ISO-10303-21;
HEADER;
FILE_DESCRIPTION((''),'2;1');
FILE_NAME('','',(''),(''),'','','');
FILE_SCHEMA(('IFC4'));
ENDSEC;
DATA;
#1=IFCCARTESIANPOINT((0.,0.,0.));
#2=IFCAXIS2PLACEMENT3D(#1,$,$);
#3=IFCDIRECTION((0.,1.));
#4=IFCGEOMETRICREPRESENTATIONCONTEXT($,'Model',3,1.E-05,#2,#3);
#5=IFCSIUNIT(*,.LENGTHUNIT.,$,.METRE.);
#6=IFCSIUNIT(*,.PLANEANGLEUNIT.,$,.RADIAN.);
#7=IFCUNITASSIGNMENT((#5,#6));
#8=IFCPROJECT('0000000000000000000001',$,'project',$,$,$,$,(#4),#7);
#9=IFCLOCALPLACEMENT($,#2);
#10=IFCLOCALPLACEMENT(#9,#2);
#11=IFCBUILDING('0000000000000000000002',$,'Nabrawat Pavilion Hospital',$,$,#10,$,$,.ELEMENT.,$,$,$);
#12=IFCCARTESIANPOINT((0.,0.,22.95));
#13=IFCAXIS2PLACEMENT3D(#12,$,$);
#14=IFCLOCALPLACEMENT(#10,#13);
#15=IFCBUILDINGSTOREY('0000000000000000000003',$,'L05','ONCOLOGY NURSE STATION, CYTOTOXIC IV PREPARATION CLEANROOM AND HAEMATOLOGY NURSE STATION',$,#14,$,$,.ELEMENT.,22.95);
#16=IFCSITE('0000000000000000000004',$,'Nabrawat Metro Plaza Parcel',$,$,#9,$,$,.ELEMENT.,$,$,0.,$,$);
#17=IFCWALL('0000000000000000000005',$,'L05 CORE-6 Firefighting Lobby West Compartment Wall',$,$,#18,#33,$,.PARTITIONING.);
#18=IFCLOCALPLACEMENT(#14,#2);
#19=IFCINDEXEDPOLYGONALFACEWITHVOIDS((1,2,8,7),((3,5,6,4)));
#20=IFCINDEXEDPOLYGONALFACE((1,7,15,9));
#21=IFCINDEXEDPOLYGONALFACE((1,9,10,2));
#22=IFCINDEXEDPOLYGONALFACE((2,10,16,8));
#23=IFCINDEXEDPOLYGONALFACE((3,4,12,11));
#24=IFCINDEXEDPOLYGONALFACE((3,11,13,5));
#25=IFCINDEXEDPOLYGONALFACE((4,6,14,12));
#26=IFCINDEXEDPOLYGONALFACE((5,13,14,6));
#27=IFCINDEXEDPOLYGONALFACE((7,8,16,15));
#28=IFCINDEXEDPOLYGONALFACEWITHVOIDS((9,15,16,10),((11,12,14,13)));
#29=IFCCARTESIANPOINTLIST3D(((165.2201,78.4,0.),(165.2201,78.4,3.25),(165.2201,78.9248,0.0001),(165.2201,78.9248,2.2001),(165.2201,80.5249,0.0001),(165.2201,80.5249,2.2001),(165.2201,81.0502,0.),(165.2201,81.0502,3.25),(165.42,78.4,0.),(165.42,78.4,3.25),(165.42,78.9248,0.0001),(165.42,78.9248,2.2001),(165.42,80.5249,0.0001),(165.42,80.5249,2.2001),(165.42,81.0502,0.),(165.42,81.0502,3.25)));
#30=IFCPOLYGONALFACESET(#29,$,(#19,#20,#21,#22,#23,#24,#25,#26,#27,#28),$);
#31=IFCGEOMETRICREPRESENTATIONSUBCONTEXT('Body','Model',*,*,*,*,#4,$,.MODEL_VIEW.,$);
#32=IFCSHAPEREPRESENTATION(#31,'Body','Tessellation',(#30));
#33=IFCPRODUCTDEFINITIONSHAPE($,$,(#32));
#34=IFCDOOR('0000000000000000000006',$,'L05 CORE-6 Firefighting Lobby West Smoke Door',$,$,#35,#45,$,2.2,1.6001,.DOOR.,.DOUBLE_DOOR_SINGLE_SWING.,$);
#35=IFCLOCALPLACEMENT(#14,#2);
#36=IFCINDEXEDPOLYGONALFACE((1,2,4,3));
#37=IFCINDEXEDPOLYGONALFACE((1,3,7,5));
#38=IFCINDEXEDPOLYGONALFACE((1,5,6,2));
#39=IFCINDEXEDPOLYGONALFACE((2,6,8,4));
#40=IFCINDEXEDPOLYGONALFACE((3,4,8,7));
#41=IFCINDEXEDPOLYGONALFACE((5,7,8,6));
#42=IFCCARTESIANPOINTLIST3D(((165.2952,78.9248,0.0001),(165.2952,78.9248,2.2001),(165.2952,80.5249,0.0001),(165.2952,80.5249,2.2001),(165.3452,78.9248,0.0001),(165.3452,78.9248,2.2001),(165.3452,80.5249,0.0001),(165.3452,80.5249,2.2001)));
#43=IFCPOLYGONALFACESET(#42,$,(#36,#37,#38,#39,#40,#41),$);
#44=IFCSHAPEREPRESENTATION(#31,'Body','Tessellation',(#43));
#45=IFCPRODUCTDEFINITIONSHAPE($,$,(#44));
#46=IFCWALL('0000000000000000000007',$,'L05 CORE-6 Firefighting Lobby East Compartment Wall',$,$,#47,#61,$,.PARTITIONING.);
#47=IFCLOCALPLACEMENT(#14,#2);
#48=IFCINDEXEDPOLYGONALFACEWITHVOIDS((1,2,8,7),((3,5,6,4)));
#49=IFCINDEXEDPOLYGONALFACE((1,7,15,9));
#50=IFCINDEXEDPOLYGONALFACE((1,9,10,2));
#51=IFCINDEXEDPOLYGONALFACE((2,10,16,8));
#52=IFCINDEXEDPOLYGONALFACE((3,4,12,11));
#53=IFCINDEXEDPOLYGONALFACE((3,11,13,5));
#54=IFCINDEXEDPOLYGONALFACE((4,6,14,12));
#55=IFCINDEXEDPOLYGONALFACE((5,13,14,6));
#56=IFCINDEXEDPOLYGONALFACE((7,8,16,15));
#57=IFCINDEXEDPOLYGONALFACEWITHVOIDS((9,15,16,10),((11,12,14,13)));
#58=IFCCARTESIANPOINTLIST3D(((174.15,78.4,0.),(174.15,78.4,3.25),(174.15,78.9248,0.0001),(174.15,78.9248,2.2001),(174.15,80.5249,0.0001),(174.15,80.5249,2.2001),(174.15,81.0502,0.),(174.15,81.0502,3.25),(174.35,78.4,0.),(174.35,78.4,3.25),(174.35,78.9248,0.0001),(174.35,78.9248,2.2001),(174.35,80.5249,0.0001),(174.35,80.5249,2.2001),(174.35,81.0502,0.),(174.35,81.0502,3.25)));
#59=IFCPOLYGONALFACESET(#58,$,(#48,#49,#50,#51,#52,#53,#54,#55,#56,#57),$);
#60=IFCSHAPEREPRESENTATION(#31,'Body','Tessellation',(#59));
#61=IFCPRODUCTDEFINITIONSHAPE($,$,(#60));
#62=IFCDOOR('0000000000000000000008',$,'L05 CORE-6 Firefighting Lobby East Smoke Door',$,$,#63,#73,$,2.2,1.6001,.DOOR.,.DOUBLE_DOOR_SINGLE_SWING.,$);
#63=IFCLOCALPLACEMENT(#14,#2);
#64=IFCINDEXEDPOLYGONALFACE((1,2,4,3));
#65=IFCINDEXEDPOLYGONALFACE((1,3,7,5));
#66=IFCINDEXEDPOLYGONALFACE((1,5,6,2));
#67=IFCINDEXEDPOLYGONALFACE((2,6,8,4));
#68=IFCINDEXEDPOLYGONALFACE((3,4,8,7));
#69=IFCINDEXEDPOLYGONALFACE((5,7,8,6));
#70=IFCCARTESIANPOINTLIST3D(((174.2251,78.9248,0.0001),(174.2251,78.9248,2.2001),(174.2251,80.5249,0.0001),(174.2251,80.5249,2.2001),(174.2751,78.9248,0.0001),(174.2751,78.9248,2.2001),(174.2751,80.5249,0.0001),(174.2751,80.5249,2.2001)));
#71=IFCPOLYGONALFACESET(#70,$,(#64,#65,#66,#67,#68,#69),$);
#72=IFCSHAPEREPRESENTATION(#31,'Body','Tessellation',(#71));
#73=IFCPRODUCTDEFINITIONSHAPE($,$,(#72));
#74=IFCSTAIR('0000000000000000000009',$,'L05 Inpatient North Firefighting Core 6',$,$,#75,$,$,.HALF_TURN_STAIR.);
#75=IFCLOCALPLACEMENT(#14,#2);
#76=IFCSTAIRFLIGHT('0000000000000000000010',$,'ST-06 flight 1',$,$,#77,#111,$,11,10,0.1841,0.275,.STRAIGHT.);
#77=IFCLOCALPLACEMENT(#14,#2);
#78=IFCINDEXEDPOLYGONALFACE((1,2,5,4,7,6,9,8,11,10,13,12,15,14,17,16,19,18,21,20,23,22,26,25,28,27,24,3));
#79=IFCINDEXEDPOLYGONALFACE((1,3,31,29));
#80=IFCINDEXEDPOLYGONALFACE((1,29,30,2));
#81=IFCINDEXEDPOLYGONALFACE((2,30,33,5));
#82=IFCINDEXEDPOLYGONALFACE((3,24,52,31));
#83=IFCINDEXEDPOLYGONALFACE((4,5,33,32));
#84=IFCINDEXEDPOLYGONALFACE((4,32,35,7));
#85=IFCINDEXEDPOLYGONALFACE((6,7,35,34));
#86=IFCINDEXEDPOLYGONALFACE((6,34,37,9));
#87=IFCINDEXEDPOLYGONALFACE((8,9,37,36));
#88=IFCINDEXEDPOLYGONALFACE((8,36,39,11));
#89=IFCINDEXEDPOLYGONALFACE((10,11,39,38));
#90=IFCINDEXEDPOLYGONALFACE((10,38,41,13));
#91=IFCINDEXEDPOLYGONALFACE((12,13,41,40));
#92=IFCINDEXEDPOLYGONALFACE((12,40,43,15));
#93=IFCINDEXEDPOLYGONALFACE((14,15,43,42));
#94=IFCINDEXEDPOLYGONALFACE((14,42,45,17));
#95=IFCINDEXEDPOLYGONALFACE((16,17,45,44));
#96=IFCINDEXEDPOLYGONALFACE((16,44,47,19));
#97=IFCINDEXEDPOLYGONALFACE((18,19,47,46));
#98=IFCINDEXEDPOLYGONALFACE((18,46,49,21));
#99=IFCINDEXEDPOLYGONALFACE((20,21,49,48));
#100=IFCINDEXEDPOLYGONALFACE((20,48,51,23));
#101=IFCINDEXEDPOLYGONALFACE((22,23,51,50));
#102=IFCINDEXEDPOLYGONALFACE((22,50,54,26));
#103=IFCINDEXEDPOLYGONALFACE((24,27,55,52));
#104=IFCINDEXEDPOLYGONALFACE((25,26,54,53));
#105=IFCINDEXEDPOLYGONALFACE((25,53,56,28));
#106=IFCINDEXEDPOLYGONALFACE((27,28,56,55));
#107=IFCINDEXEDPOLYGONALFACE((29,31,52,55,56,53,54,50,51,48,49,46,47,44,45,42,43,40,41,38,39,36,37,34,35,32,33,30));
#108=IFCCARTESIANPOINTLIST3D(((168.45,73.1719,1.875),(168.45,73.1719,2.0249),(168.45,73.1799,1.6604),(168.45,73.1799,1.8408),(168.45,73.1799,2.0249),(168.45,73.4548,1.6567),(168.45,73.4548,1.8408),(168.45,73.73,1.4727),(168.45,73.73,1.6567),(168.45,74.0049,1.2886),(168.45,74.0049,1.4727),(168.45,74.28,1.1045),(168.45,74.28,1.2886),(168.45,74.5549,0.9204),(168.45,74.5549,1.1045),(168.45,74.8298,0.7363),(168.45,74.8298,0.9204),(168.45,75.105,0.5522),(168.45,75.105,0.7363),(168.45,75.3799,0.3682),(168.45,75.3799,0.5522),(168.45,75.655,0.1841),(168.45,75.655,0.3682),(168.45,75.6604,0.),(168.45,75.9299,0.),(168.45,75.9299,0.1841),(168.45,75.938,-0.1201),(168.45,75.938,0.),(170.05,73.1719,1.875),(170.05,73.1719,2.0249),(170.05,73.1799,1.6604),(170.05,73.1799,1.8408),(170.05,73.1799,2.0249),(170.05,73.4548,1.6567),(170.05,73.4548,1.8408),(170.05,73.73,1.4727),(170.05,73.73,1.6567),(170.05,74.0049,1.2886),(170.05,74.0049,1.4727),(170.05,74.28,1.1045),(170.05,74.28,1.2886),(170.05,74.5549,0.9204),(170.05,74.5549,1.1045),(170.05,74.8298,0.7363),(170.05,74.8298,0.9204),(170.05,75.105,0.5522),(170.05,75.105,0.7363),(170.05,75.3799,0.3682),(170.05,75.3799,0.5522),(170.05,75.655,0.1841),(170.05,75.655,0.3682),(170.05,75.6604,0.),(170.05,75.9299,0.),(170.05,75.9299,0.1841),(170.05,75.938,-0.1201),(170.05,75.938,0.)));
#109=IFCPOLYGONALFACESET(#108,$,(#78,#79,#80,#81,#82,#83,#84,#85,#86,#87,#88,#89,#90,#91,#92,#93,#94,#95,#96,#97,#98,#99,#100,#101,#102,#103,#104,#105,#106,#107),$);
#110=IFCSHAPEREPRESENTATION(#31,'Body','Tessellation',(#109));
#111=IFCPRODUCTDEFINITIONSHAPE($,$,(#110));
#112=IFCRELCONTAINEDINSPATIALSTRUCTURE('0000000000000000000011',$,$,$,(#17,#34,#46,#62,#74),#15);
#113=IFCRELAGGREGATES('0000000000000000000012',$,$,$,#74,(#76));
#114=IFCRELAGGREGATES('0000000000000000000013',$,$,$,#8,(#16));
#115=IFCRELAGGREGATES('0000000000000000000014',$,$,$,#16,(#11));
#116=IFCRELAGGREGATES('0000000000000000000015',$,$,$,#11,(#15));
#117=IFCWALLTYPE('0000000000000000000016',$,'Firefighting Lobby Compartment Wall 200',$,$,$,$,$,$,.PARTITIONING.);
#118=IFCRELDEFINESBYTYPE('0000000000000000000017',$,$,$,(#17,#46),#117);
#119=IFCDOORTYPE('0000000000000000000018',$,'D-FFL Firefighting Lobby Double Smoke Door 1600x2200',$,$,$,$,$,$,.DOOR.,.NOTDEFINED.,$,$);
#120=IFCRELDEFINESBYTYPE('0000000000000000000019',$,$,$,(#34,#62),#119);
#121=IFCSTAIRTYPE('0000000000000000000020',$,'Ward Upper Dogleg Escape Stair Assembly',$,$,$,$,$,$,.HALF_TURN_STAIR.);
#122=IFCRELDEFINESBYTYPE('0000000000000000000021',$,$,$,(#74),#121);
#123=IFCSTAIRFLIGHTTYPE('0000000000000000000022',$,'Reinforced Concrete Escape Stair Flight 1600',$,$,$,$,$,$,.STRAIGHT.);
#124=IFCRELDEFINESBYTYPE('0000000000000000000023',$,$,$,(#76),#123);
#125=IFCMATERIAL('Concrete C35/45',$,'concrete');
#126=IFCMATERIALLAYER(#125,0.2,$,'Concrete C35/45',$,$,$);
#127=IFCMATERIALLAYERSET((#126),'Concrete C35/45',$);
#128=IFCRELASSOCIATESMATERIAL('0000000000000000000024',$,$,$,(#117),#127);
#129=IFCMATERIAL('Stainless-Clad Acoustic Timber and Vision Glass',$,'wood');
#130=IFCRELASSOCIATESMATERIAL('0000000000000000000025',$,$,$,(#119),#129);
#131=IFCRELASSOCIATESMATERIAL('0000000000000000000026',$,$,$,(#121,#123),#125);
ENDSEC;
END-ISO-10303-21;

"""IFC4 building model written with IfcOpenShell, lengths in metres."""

from ifc_helpers import new_model, si_unit, direction, frame, frame_2d, origin, place, context, subcontext, project, spatial, polyline, rectangle, outline, extrude, material, layer, layer_set, type_object, element, fill, aggregate, save


model = new_model("IFC4")

# Units and contexts
model_context = context("Model", 3, precision=1e-05, world=origin(), true_north=direction((0.0, 1.0)))
body_context = subcontext(model_context, "Body", "Model", "MODEL_VIEW")
ifc_project = project(units=[si_unit("LENGTHUNIT", "METRE"), si_unit("PLANEANGLEUNIT", "RADIAN")], contexts=[model_context])

# Site, building, storey
site_placement = place(None, origin())
site = spatial("IfcSite", under=ifc_project, at=site_placement, Name="Nabrawat Metro Plaza Parcel", CompositionType="ELEMENT", RefElevation=0.0)
building_placement = place(site_placement, origin())
building = spatial("IfcBuilding", under=site, at=building_placement, Name="Nabrawat Pavilion Hospital", CompositionType="ELEMENT")
storey_placement = place(building_placement, frame((0.0, 0.0, 22.95)))
storey = spatial("IfcBuildingStorey", under=building, at=storey_placement, Name="L05", Description="ONCOLOGY NURSE STATION, CYTOTOXIC IV PREPARATION CLEANROOM AND HAEMATOLOGY NURSE STATION", CompositionType="ELEMENT", Elevation=22.95)

# Shared definitions
ifc_material_1 = material(Name="Concrete C35/45", Category="concrete")
ifc_layer_1 = layer(ifc_material_1, 0.2, Name="Concrete C35/45")
ifc_layer_set_1 = layer_set([ifc_layer_1], Name="Concrete C35/45")
wall_type_1 = type_object("IfcWallType", Name="Firefighting Lobby Compartment Wall 200", PredefinedType="PARTITIONING", material=ifc_layer_set_1)

# Walls, openings, doors
wall_1_placement = place(storey_placement, frame((165.3201, 78.3999, 0.0), z_axis=(0.0, 0.0, 1.0), x_axis=(0.0, 1.0, 0.0)))
wall_1 = element("IfcWall", 1, at=wall_1_placement, inside=storey, type_object=wall_type_1, Name="L05 CORE-6 Firefighting Lobby West Compartment Wall", PredefinedType="PARTITIONING", context=body_context, shape_type="SweptSolid", body=[
    extrude(rectangle(XDim=2.6501, YDim=0.2, at=frame_2d((1.3252, 0.0))), origin(), (0.0, 0.0, 1.0), 3.25),
])
opening_1_placement = place(wall_1_placement, frame((0.5249, 0.0, 0.0)))
opening_1 = element("IfcOpeningElement", 2, at=opening_1_placement, cuts=wall_1, PredefinedType="OPENING", context=body_context, shape_type="SweptSolid", body=[
    extrude(rectangle(XDim=1.6001, YDim=2.2, at=frame_2d((0.8, 1.1001))), frame((0.0, 0.1099, 0.0), z_axis=(0.0, -1.0, 0.0), x_axis=(1.0, 0.0, 0.0)), (0.0, 0.0, 1.0), 0.22),
])
ifc_material_2 = material(Name="Stainless-Clad Acoustic Timber and Vision Glass", Category="wood")
door_type_1 = type_object("IfcDoorType", Name="D-FFL Firefighting Lobby Double Smoke Door 1600x2200", OperationType="NOTDEFINED", PredefinedType="DOOR", material=ifc_material_2)
door_1_placement = place(opening_1_placement, origin())
door_1 = element("IfcDoor", 3, at=door_1_placement, inside=storey, type_object=door_type_1, Name="L05 CORE-6 Firefighting Lobby West Smoke Door", OperationType="DOUBLE_DOOR_SINGLE_SWING", OverallHeight=2.2, OverallWidth=1.6001, PredefinedType="DOOR", context=body_context, shape_type="SweptSolid", body=[
    extrude(rectangle(XDim=1.6001, YDim=2.2, at=frame_2d((0.8, 1.1001))), frame((0.0, 0.0249, 0.0), z_axis=(0.0, -1.0, 0.0), x_axis=(1.0, 0.0, 0.0)), (0.0, 0.0, 1.0), 0.05),
])
fill(opening_1, door_1)
wall_2_placement = place(storey_placement, frame((174.25, 78.3999, 0.0), z_axis=(0.0, 0.0, 1.0), x_axis=(0.0, 1.0, 0.0)))
wall_2 = element("IfcWall", 4, at=wall_2_placement, inside=storey, type_object=wall_type_1, Name="L05 CORE-6 Firefighting Lobby East Compartment Wall", PredefinedType="PARTITIONING", context=body_context, shape_type="SweptSolid", body=[
    extrude(rectangle(XDim=2.6501, YDim=0.2, at=frame_2d((1.3252, 0.0))), origin(), (0.0, 0.0, 1.0), 3.25),
])
opening_2_placement = place(wall_2_placement, frame((0.5249, 0.0, 0.0)))
opening_2 = element("IfcOpeningElement", 5, at=opening_2_placement, cuts=wall_2, PredefinedType="OPENING", context=body_context, shape_type="SweptSolid", body=[
    extrude(rectangle(XDim=1.6001, YDim=2.2, at=frame_2d((0.8, 1.1001))), frame((0.0, 0.1099, 0.0), z_axis=(0.0, -1.0, 0.0), x_axis=(1.0, 0.0, 0.0)), (0.0, 0.0, 1.0), 0.22),
])
door_2_placement = place(opening_2_placement, origin())
door_2 = element("IfcDoor", 6, at=door_2_placement, inside=storey, type_object=door_type_1, Name="L05 CORE-6 Firefighting Lobby East Smoke Door", OperationType="DOUBLE_DOOR_SINGLE_SWING", OverallHeight=2.2, OverallWidth=1.6001, PredefinedType="DOOR", context=body_context, shape_type="SweptSolid", body=[
    extrude(rectangle(XDim=1.6001, YDim=2.2, at=frame_2d((0.8, 1.1001))), frame((0.0, 0.0249, 0.0), z_axis=(0.0, -1.0, 0.0), x_axis=(1.0, 0.0, 0.0)), (0.0, 0.0, 1.0), 0.05),
])
fill(opening_2, door_2)

# Stair, stair flight
stair_type = type_object("IfcStairType", Name="Ward Upper Dogleg Escape Stair Assembly", PredefinedType="HALF_TURN_STAIR", material=ifc_material_1)
stair_placement = place(storey_placement, origin())
stair = element("IfcStair", 7, at=stair_placement, inside=storey, type_object=stair_type, Name="L05 Inpatient North Firefighting Core 6", PredefinedType="HALF_TURN_STAIR")
stair_flight_type = type_object("IfcStairFlightType", Name="Reinforced Concrete Escape Stair Flight 1600", PredefinedType="STRAIGHT", material=ifc_material_1)
stair_flight_placement = place(storey_placement, frame((169.25, 75.9299, 0.0), z_axis=(0.0, 0.0, 1.0), x_axis=(0.0, -1.0, 0.0)))
stair_flight = element("IfcStairFlight", 8, at=stair_flight_placement, type_object=stair_flight_type, Name="ST-06 flight 1", NumberOfRisers=11, NumberOfTreads=10, PredefinedType="STRAIGHT", RiserHeight=0.1841, TreadLength=0.275, context=body_context, shape_type="SweptSolid", body=[
    extrude(outline(polyline([(-0.0081, 0.0), (0.0, 0.0), (0.0, 0.1841), (0.2749, 0.1841), (0.2749, 0.3682), (0.55, 0.3682), (0.55, 0.5522), (0.825, 0.5522), (0.825, 0.7363), (1.1001, 0.7363), (1.1001, 0.9204), (1.375, 0.9204), (1.375, 1.1045), (1.6499, 1.1045), (1.6499, 1.2886), (1.925, 1.2886), (1.925, 1.4727), (2.2, 1.4727), (2.2, 1.6567), (2.4751, 1.6567), (2.4751, 1.8408), (2.75, 1.8408), (2.75, 2.0249), (2.7581, 2.0249), (2.7581, 1.875), (2.75, 1.6604), (0.2695, 0.0), (-0.0081, -0.1201), (-0.0081, 0.0)])), frame((0.0, 0.8, 0.0), z_axis=(0.0, -1.0, 0.0), x_axis=(1.0, 0.0, 0.0)), (0.0, 0.0, 1.0), 1.6001),
])
aggregate(stair, [stair_flight])

save(model, "model.ifc")
